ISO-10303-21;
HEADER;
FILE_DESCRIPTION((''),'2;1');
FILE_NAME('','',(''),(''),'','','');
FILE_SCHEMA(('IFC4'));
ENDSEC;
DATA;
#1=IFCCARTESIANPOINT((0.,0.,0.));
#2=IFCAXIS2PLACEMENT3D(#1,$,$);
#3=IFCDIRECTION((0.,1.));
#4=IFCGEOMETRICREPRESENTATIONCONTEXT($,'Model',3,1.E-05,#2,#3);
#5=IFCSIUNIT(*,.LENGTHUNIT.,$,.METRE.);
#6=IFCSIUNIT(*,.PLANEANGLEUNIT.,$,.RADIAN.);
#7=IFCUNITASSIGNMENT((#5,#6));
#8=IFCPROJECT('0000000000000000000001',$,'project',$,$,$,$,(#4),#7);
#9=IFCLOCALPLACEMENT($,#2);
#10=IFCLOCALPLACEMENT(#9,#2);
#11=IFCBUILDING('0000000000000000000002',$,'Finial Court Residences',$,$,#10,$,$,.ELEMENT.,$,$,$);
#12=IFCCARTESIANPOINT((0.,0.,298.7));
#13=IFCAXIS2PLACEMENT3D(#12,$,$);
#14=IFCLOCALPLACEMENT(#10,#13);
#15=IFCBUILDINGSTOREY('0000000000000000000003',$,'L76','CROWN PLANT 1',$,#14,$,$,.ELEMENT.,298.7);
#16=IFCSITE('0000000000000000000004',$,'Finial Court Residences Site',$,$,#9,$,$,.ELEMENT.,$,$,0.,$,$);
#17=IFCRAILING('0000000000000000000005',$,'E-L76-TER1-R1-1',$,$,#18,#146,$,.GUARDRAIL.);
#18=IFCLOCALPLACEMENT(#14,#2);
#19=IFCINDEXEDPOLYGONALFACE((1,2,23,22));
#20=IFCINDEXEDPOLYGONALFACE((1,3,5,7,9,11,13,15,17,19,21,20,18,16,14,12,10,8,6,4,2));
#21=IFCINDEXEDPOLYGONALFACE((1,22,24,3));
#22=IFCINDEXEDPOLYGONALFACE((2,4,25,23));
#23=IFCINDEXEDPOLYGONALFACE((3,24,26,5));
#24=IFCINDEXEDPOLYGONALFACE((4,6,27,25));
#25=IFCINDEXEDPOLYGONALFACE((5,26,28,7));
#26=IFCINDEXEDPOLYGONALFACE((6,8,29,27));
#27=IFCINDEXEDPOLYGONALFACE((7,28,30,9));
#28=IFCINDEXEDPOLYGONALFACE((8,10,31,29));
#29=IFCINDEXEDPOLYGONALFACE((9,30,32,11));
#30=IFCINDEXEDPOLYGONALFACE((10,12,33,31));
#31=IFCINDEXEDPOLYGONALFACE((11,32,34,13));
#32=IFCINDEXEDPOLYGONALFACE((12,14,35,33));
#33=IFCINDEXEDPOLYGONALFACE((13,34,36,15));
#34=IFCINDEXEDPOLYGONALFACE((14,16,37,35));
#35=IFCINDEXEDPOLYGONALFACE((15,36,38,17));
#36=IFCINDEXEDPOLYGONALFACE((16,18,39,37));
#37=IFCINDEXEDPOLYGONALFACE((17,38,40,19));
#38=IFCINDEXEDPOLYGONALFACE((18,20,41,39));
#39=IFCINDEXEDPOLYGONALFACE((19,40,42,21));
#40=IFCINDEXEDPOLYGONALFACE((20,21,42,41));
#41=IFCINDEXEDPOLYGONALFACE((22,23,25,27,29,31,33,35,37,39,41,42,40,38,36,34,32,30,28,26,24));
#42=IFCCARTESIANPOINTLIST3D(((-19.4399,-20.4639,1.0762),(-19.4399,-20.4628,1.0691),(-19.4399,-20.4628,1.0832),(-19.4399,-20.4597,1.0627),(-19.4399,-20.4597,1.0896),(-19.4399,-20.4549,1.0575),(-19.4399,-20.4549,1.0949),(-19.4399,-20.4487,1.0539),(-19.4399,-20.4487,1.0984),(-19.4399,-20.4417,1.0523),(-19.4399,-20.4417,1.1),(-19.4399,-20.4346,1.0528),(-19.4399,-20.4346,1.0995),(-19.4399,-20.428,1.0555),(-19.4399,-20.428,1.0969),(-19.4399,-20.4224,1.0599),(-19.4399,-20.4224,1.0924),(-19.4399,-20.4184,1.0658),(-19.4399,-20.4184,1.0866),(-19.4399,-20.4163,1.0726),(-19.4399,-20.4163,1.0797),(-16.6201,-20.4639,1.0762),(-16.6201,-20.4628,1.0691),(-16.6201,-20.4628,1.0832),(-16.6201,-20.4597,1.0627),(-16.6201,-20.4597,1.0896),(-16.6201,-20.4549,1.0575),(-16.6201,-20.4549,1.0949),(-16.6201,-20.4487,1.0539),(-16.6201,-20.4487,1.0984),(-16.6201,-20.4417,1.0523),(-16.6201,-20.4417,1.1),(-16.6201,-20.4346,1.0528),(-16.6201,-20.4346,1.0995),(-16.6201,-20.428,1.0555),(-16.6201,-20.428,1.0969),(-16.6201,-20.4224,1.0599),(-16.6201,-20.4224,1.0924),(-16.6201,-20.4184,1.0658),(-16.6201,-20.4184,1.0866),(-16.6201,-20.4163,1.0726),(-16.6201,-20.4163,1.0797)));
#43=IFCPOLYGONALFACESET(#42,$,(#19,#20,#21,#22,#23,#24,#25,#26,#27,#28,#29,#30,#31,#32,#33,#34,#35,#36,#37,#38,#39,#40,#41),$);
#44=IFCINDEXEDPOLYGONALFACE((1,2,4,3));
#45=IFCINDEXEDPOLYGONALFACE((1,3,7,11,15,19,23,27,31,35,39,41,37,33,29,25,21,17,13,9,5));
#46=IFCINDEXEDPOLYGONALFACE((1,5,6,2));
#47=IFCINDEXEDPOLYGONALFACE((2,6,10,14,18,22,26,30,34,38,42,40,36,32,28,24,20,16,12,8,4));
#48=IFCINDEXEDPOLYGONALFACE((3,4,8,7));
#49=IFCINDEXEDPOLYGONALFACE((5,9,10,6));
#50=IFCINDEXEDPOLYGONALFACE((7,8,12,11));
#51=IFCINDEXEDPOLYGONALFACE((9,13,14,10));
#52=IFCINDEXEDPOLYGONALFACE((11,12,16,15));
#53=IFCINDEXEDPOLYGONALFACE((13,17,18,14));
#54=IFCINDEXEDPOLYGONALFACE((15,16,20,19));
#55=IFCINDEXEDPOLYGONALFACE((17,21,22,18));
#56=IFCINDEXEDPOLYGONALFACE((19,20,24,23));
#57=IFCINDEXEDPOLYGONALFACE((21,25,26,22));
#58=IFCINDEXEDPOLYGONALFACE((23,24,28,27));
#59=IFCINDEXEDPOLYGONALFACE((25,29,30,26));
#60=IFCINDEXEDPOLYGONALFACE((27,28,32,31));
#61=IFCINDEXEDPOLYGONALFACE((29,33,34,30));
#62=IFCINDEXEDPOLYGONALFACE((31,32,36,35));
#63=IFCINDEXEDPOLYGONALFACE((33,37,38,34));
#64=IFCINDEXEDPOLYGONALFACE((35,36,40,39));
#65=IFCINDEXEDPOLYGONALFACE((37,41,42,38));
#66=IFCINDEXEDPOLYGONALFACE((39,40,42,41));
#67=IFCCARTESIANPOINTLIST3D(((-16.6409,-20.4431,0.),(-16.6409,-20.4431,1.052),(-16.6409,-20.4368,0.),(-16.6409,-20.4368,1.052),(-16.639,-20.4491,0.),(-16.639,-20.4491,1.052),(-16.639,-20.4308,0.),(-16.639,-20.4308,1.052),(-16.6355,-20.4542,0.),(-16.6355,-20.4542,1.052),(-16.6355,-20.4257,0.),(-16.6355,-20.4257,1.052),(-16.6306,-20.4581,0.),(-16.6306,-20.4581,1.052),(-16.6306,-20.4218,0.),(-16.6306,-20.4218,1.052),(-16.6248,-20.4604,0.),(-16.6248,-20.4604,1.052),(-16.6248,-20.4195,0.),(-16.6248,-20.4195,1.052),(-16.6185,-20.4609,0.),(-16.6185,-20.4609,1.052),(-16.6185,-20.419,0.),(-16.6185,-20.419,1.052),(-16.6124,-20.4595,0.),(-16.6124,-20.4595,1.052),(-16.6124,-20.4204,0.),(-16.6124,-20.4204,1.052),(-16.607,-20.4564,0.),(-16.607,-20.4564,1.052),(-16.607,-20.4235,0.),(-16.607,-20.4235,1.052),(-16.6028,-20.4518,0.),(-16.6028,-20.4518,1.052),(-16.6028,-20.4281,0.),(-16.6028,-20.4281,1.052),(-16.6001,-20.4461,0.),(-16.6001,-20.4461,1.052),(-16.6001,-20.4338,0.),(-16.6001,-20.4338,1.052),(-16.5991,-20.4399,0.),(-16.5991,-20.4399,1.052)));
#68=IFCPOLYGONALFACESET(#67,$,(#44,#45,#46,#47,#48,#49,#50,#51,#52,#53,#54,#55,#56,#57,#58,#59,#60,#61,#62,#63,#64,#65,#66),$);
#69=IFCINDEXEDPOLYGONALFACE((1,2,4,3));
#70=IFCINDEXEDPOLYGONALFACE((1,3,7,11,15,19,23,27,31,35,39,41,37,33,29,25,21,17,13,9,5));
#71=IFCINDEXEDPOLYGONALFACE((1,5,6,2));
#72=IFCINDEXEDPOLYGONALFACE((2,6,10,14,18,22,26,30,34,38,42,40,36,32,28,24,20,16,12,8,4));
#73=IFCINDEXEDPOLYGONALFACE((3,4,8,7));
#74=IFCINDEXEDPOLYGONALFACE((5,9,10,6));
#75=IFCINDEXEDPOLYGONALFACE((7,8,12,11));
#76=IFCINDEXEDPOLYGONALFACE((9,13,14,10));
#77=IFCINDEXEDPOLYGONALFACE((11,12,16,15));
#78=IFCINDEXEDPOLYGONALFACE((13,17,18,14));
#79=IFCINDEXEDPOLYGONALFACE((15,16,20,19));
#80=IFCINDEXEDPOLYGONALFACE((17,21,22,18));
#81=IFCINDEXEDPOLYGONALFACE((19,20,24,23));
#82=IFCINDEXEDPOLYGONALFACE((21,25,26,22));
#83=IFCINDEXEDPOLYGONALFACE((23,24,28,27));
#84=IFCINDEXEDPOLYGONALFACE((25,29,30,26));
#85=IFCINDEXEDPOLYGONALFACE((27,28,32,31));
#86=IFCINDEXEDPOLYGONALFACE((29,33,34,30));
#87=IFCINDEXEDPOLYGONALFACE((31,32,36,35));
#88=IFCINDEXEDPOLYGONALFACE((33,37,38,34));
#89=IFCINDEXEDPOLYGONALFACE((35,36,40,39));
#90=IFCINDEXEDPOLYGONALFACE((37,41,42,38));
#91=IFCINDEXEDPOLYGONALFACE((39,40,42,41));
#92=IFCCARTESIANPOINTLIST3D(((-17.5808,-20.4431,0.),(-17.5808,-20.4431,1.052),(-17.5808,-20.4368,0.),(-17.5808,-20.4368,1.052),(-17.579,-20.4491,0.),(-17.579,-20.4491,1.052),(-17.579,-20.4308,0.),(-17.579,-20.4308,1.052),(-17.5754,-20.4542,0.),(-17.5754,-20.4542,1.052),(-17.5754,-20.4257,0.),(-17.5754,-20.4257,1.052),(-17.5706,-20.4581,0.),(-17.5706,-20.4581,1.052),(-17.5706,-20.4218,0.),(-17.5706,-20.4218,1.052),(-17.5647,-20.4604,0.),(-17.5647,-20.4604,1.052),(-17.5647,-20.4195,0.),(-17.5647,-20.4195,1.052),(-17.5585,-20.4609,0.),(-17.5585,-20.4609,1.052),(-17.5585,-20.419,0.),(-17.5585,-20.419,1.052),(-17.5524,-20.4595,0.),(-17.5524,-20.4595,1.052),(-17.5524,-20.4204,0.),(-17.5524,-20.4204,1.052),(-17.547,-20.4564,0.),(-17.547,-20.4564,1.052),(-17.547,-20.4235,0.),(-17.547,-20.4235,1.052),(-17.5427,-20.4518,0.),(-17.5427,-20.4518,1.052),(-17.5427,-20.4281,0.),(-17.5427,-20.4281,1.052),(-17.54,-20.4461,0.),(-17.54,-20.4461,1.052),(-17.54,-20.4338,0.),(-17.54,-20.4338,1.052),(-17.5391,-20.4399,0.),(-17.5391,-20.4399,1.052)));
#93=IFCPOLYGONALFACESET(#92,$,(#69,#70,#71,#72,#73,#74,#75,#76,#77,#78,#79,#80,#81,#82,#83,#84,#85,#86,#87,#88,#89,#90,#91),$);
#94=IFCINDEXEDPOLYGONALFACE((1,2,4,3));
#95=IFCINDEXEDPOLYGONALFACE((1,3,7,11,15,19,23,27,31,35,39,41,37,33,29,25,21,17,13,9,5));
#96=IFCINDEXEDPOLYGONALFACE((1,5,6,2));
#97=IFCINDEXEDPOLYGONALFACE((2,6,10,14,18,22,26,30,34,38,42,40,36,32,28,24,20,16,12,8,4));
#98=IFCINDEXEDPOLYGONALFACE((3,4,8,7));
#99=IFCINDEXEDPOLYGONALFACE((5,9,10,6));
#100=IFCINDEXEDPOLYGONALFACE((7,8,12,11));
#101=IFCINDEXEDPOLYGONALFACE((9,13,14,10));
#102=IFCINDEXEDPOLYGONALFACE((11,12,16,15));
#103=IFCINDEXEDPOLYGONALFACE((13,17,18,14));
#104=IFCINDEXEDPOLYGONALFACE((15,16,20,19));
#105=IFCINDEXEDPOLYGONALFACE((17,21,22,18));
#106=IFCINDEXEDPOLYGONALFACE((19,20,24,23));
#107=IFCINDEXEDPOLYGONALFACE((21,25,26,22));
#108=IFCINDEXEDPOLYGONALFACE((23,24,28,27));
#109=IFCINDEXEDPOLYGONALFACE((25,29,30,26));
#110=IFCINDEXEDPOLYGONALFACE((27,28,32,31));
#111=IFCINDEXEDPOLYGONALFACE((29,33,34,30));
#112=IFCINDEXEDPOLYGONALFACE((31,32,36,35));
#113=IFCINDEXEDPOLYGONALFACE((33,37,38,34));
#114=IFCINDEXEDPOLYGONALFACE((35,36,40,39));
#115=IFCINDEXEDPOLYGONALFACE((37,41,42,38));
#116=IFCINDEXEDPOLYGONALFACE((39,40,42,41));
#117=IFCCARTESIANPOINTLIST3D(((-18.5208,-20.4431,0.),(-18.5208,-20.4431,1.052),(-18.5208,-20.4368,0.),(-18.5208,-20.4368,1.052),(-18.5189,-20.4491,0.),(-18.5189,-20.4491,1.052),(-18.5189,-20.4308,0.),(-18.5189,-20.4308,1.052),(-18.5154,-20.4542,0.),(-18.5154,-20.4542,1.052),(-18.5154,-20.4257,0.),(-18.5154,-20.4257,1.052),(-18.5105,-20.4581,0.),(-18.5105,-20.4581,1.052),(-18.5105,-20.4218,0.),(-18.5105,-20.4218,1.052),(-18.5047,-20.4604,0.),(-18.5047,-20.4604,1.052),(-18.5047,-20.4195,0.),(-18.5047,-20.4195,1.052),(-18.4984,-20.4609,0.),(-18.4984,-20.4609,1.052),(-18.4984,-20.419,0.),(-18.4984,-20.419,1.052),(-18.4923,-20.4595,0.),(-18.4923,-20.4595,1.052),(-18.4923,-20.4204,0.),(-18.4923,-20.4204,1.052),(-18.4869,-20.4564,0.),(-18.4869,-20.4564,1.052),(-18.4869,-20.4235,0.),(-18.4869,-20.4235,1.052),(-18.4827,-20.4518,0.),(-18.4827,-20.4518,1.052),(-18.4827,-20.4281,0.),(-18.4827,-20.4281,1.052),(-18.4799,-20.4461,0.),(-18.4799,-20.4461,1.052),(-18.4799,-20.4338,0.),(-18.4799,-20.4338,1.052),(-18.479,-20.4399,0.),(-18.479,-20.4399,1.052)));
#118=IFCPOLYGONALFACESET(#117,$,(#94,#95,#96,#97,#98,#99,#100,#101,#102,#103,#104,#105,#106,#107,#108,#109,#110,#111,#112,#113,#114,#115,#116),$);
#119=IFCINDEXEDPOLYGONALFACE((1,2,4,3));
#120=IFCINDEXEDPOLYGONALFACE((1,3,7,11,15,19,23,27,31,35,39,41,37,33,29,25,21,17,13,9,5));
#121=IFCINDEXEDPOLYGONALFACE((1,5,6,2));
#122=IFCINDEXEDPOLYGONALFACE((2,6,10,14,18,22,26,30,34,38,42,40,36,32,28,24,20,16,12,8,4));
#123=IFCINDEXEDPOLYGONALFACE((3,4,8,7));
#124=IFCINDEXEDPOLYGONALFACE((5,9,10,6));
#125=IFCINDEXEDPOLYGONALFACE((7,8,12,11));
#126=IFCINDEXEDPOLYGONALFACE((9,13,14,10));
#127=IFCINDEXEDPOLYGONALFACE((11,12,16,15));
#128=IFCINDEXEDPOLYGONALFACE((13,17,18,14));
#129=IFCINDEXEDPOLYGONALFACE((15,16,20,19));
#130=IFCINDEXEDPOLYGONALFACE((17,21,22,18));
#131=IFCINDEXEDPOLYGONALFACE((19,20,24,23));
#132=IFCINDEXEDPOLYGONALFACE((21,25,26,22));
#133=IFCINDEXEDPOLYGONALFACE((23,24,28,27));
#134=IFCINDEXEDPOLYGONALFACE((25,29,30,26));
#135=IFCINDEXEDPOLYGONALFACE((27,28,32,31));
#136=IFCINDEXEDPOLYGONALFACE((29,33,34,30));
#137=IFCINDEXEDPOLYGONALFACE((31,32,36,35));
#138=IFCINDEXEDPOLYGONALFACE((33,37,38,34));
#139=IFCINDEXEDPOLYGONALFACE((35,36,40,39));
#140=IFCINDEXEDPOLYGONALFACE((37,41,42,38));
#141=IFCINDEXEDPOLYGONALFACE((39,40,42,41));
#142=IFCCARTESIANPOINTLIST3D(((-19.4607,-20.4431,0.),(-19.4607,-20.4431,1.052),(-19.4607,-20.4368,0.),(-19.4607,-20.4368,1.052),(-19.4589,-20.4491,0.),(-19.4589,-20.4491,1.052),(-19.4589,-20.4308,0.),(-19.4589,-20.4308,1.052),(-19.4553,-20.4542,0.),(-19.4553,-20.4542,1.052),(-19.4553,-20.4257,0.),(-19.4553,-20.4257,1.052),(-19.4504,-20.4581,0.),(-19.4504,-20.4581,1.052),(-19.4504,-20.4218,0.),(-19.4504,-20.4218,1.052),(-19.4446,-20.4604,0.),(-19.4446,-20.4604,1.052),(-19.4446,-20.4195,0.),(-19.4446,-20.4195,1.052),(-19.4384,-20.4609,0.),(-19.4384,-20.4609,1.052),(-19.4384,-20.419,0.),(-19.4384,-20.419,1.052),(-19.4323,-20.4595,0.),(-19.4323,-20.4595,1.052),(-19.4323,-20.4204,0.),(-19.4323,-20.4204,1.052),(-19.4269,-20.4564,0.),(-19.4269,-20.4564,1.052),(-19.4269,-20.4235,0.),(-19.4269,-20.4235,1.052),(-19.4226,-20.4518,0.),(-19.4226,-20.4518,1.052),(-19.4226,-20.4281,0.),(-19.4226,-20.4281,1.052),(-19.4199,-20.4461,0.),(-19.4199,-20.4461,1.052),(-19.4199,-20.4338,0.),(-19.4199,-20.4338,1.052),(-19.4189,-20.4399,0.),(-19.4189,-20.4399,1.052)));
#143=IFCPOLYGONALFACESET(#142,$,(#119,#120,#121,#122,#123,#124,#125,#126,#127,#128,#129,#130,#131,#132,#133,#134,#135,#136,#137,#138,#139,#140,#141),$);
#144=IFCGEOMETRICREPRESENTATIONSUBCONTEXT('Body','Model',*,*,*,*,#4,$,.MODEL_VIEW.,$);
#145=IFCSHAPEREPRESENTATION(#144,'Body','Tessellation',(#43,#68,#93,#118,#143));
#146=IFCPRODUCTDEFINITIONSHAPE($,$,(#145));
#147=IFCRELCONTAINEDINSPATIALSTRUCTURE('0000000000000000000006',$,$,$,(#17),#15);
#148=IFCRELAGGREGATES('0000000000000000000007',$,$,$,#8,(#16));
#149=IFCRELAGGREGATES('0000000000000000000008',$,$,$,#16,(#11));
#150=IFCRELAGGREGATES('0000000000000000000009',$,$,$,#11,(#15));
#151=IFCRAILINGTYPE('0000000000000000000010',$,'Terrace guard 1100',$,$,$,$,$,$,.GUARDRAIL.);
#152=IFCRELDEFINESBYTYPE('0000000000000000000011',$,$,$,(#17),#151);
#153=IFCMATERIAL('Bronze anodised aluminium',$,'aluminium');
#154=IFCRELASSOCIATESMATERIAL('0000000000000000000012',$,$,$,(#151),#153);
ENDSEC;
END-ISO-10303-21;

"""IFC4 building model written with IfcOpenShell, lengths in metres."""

from ifc_helpers import new_model, si_unit, direction, frame, origin, origin_2d, place, context, subcontext, project, spatial, circle, extrude, material, type_object, element, save


model = new_model("IFC4")

# Units and contexts
model_context = context("Model", 3, precision=1e-05, world=origin(), true_north=direction((0.0, 1.0)))
body_context = subcontext(model_context, "Body", "Model", "MODEL_VIEW")
ifc_project = project(units=[si_unit("LENGTHUNIT", "METRE"), si_unit("PLANEANGLEUNIT", "RADIAN")], contexts=[model_context])

# Site, building, storey
site_placement = place(None, origin())
site = spatial("IfcSite", under=ifc_project, at=site_placement, Name="Finial Court Residences Site", CompositionType="ELEMENT", RefElevation=0.0)
building_placement = place(site_placement, origin())
building = spatial("IfcBuilding", under=site, at=building_placement, Name="Finial Court Residences", CompositionType="ELEMENT")
storey_placement = place(building_placement, frame((0.0, 0.0, 298.7)))
storey = spatial("IfcBuildingStorey", under=building, at=storey_placement, Name="L76", Description="CROWN PLANT 1", CompositionType="ELEMENT", Elevation=298.7)

# Shared definitions
ifc_material_1 = material(Name="Bronze anodised aluminium", Category="aluminium")

# Railing
railing_type_1 = type_object("IfcRailingType", Name="Terrace guard 1100", PredefinedType="GUARDRAIL", material=ifc_material_1)
railing_1_placement = place(storey_placement, frame((-16.6201, -20.4399, 0.0)))
element("IfcRailing", 1, at=railing_1_placement, inside=storey, type_object=railing_type_1, Name="E-L76-TER1-R1-1", PredefinedType="GUARDRAIL", context=body_context, shape_type="SweptSolid", body=[
    extrude(circle(Radius=0.0239, at=origin_2d()), frame((0.0, 0.0, 1.0762), z_axis=(-1.0, 0.0, 0.0), x_axis=(0.0, -1.0, 0.0)), (0.0, 0.0, 1.0), 2.8198),
    extrude(circle(Radius=0.021, at=origin_2d()), origin(), (0.0, 0.0, 1.0), 1.052),
    extrude(circle(Radius=0.021, at=origin_2d()), frame((-0.9399, 0.0, 0.0)), (0.0, 0.0, 1.0), 1.052),
    extrude(circle(Radius=0.021, at=origin_2d()), frame((-1.8799, 0.0, 0.0)), (0.0, 0.0, 1.0), 1.052),
    extrude(circle(Radius=0.021, at=origin_2d()), frame((-2.8198, 0.0, 0.0)), (0.0, 0.0, 1.0), 1.052),
])

save(model, "model.ifc")
